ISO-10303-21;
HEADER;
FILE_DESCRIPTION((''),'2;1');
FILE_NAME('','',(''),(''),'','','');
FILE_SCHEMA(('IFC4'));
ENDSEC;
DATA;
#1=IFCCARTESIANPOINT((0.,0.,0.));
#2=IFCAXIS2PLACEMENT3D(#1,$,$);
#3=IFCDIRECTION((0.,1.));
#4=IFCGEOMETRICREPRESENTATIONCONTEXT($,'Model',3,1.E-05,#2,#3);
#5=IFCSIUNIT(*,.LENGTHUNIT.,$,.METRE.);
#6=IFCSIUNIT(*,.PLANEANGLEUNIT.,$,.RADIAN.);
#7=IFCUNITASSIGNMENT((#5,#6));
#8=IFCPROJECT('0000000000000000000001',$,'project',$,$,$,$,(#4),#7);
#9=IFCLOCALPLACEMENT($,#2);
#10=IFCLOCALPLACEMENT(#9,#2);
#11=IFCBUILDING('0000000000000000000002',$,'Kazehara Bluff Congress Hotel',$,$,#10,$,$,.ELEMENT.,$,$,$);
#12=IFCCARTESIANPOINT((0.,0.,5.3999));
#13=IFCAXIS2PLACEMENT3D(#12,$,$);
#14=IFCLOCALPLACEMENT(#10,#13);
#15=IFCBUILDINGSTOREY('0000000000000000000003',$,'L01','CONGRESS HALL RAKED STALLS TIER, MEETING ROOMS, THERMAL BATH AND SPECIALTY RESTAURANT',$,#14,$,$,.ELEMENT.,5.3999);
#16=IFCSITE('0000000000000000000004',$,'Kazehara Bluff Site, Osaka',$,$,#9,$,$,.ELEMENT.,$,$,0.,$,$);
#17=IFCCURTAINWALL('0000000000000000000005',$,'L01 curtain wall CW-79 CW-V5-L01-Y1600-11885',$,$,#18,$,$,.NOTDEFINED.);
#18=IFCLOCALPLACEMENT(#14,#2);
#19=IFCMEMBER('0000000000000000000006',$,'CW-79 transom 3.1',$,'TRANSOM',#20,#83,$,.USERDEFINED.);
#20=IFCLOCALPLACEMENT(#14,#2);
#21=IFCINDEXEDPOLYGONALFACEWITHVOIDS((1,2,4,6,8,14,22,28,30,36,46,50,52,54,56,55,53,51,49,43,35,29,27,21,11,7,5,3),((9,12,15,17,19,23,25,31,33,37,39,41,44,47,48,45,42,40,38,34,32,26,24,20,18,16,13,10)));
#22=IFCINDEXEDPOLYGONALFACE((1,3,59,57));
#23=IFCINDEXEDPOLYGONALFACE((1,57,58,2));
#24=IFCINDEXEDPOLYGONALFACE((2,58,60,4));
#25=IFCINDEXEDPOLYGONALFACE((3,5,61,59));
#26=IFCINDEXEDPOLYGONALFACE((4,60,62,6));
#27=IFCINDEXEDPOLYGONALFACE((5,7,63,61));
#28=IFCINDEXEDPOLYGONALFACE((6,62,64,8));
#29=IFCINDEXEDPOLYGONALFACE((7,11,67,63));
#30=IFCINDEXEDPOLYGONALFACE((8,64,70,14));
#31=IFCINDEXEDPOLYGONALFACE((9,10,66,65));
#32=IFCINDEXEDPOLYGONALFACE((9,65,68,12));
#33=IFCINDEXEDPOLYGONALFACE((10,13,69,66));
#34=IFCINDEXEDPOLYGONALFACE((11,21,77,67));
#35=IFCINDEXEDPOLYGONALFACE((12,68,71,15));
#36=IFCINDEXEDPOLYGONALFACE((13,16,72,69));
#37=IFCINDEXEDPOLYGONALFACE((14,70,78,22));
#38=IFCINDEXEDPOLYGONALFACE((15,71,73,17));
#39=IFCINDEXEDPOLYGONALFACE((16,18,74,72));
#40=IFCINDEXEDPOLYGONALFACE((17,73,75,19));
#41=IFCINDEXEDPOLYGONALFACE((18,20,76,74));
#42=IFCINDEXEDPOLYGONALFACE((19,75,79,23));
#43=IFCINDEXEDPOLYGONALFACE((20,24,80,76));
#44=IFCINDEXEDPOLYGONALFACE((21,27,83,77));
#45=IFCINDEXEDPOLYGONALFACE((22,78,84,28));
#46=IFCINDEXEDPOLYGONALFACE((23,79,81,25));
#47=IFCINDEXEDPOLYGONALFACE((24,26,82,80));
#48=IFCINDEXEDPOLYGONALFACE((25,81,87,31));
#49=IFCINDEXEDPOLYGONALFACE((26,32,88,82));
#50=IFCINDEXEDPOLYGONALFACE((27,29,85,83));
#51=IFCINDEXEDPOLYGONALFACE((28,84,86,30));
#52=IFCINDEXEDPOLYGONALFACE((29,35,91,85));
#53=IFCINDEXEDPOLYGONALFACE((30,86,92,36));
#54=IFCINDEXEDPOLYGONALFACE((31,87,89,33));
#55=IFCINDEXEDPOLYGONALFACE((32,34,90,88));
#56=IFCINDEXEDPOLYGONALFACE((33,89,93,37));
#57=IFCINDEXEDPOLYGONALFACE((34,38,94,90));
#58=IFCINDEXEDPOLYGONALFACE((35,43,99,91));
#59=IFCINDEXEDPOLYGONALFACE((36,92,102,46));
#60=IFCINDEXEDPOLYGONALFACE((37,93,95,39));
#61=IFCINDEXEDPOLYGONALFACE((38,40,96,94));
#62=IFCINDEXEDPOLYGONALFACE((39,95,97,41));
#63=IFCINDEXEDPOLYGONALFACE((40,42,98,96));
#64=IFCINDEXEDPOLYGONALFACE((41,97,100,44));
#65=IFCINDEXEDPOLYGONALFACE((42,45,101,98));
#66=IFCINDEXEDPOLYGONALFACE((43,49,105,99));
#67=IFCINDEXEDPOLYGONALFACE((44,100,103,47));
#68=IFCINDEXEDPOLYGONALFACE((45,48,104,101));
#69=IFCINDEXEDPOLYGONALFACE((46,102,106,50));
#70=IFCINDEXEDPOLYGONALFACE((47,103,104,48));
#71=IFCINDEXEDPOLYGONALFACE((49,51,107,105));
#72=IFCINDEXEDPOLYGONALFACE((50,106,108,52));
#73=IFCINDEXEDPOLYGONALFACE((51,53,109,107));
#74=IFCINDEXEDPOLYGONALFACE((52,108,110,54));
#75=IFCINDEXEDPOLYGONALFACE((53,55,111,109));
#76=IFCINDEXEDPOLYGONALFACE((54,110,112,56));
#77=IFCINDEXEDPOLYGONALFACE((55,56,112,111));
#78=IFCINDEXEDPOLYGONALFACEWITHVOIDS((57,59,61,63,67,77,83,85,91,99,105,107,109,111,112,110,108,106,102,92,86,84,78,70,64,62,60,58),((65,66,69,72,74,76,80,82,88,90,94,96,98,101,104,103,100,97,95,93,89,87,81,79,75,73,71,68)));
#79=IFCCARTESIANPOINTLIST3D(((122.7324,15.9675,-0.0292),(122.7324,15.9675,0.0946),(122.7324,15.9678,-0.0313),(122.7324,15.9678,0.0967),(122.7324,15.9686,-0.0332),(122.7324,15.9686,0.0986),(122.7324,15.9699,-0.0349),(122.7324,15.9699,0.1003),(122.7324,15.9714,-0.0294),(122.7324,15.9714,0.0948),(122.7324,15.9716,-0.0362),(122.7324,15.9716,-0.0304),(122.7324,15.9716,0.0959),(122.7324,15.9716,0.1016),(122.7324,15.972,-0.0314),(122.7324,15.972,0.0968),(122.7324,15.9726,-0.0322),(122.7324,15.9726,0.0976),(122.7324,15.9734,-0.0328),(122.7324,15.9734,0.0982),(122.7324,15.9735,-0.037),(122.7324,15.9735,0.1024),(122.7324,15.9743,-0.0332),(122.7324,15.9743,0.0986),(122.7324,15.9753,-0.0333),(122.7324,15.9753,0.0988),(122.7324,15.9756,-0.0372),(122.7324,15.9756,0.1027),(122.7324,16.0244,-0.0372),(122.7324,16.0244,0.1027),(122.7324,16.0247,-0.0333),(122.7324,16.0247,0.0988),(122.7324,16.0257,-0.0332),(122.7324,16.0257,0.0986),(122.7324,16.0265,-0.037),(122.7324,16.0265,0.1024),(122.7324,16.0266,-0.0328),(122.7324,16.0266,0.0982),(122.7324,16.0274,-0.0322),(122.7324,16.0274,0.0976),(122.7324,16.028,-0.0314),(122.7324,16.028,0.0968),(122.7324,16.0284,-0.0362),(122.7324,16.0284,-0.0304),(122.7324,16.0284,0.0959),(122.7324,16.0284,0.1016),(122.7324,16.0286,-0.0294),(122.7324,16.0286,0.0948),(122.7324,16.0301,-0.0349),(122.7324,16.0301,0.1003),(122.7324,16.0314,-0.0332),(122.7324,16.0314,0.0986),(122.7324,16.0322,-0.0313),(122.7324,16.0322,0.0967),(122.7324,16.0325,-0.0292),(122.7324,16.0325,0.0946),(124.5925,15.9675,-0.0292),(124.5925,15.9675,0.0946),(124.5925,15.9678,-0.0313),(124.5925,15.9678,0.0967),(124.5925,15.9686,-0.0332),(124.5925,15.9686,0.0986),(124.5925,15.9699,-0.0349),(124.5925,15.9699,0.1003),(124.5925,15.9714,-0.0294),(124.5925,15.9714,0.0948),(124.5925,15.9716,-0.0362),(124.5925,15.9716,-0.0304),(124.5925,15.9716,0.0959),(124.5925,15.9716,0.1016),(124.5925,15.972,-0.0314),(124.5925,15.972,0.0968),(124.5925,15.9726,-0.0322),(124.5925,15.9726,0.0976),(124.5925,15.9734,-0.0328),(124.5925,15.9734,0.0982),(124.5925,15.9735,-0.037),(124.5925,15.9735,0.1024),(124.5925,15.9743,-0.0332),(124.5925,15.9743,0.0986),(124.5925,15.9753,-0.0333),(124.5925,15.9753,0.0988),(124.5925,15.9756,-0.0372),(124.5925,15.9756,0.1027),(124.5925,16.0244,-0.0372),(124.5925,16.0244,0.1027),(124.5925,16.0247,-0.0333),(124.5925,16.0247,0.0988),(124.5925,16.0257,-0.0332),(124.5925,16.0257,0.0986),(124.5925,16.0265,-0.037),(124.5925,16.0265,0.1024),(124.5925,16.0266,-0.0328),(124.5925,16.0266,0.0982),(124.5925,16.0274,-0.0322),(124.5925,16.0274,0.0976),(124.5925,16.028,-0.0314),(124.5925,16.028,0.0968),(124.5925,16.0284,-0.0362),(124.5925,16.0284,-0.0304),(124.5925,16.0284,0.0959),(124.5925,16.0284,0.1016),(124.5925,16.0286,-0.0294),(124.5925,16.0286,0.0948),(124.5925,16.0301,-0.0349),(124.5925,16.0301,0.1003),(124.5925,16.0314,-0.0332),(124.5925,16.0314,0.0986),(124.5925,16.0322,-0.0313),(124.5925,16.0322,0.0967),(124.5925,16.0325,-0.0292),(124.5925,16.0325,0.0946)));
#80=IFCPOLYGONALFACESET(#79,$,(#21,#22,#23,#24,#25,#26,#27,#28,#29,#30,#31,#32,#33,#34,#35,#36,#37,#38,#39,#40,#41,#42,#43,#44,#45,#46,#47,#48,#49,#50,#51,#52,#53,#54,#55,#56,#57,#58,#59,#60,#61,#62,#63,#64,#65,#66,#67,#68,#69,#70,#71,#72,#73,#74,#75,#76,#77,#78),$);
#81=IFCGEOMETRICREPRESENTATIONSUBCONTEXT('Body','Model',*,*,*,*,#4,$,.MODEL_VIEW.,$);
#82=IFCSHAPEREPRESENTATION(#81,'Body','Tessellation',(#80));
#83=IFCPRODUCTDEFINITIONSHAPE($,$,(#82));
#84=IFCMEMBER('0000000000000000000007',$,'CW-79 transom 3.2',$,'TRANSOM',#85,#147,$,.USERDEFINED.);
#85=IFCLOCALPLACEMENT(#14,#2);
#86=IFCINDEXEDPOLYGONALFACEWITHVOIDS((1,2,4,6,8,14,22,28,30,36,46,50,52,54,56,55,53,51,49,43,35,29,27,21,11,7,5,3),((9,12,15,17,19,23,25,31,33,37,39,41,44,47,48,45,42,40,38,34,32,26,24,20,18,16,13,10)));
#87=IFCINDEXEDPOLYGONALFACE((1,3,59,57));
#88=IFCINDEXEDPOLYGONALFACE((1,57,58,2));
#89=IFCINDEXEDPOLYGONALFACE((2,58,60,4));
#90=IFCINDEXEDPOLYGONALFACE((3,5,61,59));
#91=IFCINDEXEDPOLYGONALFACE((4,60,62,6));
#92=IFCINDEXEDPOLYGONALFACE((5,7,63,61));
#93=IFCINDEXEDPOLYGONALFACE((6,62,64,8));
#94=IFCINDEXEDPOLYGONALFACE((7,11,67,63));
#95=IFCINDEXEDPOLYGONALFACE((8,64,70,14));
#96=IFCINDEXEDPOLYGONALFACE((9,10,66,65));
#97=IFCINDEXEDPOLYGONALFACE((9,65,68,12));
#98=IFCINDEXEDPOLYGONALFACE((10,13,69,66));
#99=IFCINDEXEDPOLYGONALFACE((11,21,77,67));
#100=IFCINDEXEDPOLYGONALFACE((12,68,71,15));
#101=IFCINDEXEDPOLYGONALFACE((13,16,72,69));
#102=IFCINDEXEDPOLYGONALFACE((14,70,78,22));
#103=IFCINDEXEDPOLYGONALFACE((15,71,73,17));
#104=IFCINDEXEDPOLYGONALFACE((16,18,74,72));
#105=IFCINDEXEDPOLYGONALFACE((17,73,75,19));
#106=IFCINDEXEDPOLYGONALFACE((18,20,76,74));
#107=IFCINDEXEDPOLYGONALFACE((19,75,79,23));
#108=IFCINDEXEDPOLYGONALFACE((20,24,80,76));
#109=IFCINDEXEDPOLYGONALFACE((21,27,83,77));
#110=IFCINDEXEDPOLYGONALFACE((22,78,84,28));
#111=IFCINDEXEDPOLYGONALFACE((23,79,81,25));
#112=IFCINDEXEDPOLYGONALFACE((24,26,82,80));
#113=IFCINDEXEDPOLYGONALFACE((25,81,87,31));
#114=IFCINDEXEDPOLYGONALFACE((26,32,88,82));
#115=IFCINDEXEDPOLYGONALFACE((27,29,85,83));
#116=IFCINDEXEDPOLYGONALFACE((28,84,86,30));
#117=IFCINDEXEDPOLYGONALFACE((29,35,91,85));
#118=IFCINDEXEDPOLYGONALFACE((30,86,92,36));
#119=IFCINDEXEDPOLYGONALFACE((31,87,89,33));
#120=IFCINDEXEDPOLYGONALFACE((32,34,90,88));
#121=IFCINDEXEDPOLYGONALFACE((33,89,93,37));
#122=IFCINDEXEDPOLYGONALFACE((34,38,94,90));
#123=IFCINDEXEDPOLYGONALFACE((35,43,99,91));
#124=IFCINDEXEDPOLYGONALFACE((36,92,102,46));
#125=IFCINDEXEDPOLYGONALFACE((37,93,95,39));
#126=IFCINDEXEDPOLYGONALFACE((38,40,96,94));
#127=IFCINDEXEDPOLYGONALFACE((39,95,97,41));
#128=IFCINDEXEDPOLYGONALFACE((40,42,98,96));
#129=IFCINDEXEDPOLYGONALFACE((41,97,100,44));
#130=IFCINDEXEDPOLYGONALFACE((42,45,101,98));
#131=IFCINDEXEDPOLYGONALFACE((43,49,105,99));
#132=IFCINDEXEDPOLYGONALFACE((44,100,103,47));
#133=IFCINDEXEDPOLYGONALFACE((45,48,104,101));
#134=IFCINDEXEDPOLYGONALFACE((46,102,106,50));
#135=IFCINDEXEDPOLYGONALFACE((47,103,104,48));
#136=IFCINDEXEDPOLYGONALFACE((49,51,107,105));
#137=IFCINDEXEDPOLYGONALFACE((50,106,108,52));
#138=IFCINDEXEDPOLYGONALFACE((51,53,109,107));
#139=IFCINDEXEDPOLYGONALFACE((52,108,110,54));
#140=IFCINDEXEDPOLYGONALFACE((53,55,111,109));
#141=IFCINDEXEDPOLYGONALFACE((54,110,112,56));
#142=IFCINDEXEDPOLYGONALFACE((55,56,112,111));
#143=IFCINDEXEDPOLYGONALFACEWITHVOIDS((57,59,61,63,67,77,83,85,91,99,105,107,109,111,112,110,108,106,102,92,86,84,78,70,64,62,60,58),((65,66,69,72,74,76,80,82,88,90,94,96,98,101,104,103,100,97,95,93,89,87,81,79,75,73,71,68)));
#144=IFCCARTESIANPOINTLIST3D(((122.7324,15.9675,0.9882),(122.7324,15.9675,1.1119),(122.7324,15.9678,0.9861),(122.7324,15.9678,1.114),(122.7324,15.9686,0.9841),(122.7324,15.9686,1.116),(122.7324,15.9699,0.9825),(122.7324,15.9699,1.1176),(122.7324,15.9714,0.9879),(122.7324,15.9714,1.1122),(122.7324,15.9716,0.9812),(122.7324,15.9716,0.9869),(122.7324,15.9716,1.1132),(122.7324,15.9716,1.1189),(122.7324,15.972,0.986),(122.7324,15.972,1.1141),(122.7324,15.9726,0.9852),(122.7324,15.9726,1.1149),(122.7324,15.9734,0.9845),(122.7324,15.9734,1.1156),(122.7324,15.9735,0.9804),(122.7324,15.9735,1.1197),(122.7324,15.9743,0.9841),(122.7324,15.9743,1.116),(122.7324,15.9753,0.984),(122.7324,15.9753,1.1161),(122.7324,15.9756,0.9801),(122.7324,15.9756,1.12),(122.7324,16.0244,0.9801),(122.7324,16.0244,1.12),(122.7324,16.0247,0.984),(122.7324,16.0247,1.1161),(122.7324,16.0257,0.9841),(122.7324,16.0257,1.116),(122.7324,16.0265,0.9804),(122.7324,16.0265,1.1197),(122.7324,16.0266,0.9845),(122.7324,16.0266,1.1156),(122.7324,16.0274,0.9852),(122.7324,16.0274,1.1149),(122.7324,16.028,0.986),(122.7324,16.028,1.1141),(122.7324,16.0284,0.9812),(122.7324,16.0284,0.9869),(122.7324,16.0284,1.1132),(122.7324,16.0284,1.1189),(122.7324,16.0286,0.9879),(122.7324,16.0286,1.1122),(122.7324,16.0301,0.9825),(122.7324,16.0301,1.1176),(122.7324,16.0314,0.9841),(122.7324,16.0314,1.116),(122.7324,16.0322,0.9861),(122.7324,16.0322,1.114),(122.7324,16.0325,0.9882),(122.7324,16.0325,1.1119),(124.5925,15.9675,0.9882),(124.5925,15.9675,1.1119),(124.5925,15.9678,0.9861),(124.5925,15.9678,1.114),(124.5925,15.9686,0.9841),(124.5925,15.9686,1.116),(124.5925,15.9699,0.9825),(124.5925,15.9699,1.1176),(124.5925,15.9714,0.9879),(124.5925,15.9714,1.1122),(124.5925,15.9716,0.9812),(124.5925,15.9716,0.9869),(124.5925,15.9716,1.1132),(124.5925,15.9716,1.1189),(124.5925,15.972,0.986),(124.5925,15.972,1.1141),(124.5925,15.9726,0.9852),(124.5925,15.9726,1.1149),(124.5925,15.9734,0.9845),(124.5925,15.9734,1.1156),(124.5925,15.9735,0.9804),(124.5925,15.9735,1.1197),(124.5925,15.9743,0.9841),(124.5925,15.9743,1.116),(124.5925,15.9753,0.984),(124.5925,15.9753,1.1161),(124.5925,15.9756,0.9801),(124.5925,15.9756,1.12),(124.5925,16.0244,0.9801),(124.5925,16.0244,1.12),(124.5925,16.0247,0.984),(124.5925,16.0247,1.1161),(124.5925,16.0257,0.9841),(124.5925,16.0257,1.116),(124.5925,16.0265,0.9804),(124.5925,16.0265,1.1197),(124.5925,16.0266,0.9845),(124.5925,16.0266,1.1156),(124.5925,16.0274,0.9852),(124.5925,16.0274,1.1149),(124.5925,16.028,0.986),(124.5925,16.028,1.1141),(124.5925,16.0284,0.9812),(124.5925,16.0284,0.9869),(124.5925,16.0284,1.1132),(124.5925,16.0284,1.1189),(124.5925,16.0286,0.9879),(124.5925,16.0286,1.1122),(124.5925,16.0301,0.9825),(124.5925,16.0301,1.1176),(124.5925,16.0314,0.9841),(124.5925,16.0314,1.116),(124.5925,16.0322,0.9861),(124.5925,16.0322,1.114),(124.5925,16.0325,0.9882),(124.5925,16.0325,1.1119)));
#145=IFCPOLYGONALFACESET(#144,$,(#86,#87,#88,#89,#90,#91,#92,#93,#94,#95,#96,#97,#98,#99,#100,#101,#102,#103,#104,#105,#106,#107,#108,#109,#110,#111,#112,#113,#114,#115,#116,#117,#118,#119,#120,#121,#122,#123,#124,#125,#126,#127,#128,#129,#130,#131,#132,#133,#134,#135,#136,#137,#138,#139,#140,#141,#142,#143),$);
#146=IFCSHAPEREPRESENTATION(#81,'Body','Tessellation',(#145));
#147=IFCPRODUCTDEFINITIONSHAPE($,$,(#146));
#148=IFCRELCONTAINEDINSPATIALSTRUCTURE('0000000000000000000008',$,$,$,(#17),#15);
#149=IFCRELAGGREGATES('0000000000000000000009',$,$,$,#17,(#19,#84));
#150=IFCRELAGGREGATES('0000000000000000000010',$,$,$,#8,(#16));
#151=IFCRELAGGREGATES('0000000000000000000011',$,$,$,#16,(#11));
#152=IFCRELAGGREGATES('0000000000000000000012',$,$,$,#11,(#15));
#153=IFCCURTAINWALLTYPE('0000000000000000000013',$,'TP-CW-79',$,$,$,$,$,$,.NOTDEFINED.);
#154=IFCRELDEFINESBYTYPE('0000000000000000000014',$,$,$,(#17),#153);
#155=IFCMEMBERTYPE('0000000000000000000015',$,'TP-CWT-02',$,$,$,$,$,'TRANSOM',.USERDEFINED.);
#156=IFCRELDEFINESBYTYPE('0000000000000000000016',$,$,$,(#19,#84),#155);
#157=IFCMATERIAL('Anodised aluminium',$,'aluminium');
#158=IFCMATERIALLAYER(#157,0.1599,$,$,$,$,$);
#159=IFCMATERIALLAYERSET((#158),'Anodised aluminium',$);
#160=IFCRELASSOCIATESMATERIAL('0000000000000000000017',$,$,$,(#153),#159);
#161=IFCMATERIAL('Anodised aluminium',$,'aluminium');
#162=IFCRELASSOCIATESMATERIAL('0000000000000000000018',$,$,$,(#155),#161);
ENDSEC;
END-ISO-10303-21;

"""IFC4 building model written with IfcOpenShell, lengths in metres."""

from ifc_helpers import new_model, si_unit, direction, frame, origin, origin_2d, place, context, subcontext, project, spatial, hollow_rectangle, extrude, material, layer, layer_set, material_profile, profile_set, type_object, element, aggregate, save


model = new_model("IFC4")

# Units and contexts
model_context = context("Model", 3, precision=1e-05, world=origin(), true_north=direction((0.0, 1.0)))
body_context = subcontext(model_context, "Body", "Model", "MODEL_VIEW")
ifc_project = project(units=[si_unit("LENGTHUNIT", "METRE"), si_unit("PLANEANGLEUNIT", "RADIAN")], contexts=[model_context])

# Site, building, storey
site_placement = place(None, origin())
site = spatial("IfcSite", under=ifc_project, at=site_placement, Name="Kazehara Bluff Site, Osaka", CompositionType="ELEMENT", RefElevation=0.0)
building_placement = place(site_placement, origin())
building = spatial("IfcBuilding", under=site, at=building_placement, Name="Kazehara Bluff Congress Hotel", CompositionType="ELEMENT")
storey_placement = place(building_placement, frame((0.0, 0.0, 5.3999)))
storey = spatial("IfcBuildingStorey", under=building, at=storey_placement, Name="L01", Description="CONGRESS HALL RAKED STALLS TIER, MEETING ROOMS, THERMAL BATH AND SPECIALTY RESTAURANT", CompositionType="ELEMENT", Elevation=5.3999)

# Curtain wall, members
ifc_material_1 = material(Name="Anodised aluminium", Category="aluminium")
ifc_layer_1 = layer(ifc_material_1, 0.1599)
ifc_layer_set_1 = layer_set([ifc_layer_1], Name="Anodised aluminium")
curtain_wall_type = type_object("IfcCurtainWallType", Name="TP-CW-79", PredefinedType="NOTDEFINED", material=ifc_layer_set_1)
curtain_wall_placement = place(storey_placement, origin())
curtain_wall = element("IfcCurtainWall", 1, at=curtain_wall_placement, inside=storey, type_object=curtain_wall_type, Name="L01 curtain wall CW-79 CW-V5-L01-Y1600-11885", PredefinedType="NOTDEFINED")
ifc_material_2 = material(Name="Anodised aluminium", Category="aluminium")
ifc_material_profile_1 = material_profile(ifc_material_2, hollow_rectangle(XDim=0.0649, YDim=0.1399, WallThickness=0.0039, InnerFilletRadius=0.0039, OuterFilletRadius=0.0081, at=origin_2d()))
ifc_profile_set_1 = profile_set([ifc_material_profile_1], Name="Anodised aluminium")
member_type_1 = type_object("IfcMemberType", Name="TP-CWT-02", ElementType="TRANSOM", PredefinedType="USERDEFINED", material=ifc_profile_set_1)
member_1_placement = place(storey_placement, frame((122.7324, 16.0, 0.0327), z_axis=(1.0, 0.0, 0.0), x_axis=(0.0, 1.0, 0.0)))
member_1 = element("IfcMember", 2, at=member_1_placement, type_object=member_type_1, Name="CW-79 transom 3.1", ObjectType="TRANSOM", PredefinedType="USERDEFINED", context=body_context, shape_type="SweptSolid", body=[
    extrude(hollow_rectangle(XDim=0.0649, YDim=0.1399, WallThickness=0.0039, InnerFilletRadius=0.0039, OuterFilletRadius=0.0081, at=origin_2d()), origin(), (0.0, 0.0, 1.0), 1.8601),
])
member_2_placement = place(storey_placement, frame((122.7324, 16.0, 1.05), z_axis=(1.0, 0.0, 0.0), x_axis=(0.0, 1.0, 0.0)))
member_2 = element("IfcMember", 3, at=member_2_placement, type_object=member_type_1, Name="CW-79 transom 3.2", ObjectType="TRANSOM", PredefinedType="USERDEFINED", context=body_context, shape_type="SweptSolid", body=[
    extrude(hollow_rectangle(XDim=0.0649, YDim=0.1399, WallThickness=0.0039, InnerFilletRadius=0.0039, OuterFilletRadius=0.0081, at=origin_2d()), origin(), (0.0, 0.0, 1.0), 1.8601),
])
aggregate(curtain_wall, [member_1, member_2])

save(model, "model.ifc")
